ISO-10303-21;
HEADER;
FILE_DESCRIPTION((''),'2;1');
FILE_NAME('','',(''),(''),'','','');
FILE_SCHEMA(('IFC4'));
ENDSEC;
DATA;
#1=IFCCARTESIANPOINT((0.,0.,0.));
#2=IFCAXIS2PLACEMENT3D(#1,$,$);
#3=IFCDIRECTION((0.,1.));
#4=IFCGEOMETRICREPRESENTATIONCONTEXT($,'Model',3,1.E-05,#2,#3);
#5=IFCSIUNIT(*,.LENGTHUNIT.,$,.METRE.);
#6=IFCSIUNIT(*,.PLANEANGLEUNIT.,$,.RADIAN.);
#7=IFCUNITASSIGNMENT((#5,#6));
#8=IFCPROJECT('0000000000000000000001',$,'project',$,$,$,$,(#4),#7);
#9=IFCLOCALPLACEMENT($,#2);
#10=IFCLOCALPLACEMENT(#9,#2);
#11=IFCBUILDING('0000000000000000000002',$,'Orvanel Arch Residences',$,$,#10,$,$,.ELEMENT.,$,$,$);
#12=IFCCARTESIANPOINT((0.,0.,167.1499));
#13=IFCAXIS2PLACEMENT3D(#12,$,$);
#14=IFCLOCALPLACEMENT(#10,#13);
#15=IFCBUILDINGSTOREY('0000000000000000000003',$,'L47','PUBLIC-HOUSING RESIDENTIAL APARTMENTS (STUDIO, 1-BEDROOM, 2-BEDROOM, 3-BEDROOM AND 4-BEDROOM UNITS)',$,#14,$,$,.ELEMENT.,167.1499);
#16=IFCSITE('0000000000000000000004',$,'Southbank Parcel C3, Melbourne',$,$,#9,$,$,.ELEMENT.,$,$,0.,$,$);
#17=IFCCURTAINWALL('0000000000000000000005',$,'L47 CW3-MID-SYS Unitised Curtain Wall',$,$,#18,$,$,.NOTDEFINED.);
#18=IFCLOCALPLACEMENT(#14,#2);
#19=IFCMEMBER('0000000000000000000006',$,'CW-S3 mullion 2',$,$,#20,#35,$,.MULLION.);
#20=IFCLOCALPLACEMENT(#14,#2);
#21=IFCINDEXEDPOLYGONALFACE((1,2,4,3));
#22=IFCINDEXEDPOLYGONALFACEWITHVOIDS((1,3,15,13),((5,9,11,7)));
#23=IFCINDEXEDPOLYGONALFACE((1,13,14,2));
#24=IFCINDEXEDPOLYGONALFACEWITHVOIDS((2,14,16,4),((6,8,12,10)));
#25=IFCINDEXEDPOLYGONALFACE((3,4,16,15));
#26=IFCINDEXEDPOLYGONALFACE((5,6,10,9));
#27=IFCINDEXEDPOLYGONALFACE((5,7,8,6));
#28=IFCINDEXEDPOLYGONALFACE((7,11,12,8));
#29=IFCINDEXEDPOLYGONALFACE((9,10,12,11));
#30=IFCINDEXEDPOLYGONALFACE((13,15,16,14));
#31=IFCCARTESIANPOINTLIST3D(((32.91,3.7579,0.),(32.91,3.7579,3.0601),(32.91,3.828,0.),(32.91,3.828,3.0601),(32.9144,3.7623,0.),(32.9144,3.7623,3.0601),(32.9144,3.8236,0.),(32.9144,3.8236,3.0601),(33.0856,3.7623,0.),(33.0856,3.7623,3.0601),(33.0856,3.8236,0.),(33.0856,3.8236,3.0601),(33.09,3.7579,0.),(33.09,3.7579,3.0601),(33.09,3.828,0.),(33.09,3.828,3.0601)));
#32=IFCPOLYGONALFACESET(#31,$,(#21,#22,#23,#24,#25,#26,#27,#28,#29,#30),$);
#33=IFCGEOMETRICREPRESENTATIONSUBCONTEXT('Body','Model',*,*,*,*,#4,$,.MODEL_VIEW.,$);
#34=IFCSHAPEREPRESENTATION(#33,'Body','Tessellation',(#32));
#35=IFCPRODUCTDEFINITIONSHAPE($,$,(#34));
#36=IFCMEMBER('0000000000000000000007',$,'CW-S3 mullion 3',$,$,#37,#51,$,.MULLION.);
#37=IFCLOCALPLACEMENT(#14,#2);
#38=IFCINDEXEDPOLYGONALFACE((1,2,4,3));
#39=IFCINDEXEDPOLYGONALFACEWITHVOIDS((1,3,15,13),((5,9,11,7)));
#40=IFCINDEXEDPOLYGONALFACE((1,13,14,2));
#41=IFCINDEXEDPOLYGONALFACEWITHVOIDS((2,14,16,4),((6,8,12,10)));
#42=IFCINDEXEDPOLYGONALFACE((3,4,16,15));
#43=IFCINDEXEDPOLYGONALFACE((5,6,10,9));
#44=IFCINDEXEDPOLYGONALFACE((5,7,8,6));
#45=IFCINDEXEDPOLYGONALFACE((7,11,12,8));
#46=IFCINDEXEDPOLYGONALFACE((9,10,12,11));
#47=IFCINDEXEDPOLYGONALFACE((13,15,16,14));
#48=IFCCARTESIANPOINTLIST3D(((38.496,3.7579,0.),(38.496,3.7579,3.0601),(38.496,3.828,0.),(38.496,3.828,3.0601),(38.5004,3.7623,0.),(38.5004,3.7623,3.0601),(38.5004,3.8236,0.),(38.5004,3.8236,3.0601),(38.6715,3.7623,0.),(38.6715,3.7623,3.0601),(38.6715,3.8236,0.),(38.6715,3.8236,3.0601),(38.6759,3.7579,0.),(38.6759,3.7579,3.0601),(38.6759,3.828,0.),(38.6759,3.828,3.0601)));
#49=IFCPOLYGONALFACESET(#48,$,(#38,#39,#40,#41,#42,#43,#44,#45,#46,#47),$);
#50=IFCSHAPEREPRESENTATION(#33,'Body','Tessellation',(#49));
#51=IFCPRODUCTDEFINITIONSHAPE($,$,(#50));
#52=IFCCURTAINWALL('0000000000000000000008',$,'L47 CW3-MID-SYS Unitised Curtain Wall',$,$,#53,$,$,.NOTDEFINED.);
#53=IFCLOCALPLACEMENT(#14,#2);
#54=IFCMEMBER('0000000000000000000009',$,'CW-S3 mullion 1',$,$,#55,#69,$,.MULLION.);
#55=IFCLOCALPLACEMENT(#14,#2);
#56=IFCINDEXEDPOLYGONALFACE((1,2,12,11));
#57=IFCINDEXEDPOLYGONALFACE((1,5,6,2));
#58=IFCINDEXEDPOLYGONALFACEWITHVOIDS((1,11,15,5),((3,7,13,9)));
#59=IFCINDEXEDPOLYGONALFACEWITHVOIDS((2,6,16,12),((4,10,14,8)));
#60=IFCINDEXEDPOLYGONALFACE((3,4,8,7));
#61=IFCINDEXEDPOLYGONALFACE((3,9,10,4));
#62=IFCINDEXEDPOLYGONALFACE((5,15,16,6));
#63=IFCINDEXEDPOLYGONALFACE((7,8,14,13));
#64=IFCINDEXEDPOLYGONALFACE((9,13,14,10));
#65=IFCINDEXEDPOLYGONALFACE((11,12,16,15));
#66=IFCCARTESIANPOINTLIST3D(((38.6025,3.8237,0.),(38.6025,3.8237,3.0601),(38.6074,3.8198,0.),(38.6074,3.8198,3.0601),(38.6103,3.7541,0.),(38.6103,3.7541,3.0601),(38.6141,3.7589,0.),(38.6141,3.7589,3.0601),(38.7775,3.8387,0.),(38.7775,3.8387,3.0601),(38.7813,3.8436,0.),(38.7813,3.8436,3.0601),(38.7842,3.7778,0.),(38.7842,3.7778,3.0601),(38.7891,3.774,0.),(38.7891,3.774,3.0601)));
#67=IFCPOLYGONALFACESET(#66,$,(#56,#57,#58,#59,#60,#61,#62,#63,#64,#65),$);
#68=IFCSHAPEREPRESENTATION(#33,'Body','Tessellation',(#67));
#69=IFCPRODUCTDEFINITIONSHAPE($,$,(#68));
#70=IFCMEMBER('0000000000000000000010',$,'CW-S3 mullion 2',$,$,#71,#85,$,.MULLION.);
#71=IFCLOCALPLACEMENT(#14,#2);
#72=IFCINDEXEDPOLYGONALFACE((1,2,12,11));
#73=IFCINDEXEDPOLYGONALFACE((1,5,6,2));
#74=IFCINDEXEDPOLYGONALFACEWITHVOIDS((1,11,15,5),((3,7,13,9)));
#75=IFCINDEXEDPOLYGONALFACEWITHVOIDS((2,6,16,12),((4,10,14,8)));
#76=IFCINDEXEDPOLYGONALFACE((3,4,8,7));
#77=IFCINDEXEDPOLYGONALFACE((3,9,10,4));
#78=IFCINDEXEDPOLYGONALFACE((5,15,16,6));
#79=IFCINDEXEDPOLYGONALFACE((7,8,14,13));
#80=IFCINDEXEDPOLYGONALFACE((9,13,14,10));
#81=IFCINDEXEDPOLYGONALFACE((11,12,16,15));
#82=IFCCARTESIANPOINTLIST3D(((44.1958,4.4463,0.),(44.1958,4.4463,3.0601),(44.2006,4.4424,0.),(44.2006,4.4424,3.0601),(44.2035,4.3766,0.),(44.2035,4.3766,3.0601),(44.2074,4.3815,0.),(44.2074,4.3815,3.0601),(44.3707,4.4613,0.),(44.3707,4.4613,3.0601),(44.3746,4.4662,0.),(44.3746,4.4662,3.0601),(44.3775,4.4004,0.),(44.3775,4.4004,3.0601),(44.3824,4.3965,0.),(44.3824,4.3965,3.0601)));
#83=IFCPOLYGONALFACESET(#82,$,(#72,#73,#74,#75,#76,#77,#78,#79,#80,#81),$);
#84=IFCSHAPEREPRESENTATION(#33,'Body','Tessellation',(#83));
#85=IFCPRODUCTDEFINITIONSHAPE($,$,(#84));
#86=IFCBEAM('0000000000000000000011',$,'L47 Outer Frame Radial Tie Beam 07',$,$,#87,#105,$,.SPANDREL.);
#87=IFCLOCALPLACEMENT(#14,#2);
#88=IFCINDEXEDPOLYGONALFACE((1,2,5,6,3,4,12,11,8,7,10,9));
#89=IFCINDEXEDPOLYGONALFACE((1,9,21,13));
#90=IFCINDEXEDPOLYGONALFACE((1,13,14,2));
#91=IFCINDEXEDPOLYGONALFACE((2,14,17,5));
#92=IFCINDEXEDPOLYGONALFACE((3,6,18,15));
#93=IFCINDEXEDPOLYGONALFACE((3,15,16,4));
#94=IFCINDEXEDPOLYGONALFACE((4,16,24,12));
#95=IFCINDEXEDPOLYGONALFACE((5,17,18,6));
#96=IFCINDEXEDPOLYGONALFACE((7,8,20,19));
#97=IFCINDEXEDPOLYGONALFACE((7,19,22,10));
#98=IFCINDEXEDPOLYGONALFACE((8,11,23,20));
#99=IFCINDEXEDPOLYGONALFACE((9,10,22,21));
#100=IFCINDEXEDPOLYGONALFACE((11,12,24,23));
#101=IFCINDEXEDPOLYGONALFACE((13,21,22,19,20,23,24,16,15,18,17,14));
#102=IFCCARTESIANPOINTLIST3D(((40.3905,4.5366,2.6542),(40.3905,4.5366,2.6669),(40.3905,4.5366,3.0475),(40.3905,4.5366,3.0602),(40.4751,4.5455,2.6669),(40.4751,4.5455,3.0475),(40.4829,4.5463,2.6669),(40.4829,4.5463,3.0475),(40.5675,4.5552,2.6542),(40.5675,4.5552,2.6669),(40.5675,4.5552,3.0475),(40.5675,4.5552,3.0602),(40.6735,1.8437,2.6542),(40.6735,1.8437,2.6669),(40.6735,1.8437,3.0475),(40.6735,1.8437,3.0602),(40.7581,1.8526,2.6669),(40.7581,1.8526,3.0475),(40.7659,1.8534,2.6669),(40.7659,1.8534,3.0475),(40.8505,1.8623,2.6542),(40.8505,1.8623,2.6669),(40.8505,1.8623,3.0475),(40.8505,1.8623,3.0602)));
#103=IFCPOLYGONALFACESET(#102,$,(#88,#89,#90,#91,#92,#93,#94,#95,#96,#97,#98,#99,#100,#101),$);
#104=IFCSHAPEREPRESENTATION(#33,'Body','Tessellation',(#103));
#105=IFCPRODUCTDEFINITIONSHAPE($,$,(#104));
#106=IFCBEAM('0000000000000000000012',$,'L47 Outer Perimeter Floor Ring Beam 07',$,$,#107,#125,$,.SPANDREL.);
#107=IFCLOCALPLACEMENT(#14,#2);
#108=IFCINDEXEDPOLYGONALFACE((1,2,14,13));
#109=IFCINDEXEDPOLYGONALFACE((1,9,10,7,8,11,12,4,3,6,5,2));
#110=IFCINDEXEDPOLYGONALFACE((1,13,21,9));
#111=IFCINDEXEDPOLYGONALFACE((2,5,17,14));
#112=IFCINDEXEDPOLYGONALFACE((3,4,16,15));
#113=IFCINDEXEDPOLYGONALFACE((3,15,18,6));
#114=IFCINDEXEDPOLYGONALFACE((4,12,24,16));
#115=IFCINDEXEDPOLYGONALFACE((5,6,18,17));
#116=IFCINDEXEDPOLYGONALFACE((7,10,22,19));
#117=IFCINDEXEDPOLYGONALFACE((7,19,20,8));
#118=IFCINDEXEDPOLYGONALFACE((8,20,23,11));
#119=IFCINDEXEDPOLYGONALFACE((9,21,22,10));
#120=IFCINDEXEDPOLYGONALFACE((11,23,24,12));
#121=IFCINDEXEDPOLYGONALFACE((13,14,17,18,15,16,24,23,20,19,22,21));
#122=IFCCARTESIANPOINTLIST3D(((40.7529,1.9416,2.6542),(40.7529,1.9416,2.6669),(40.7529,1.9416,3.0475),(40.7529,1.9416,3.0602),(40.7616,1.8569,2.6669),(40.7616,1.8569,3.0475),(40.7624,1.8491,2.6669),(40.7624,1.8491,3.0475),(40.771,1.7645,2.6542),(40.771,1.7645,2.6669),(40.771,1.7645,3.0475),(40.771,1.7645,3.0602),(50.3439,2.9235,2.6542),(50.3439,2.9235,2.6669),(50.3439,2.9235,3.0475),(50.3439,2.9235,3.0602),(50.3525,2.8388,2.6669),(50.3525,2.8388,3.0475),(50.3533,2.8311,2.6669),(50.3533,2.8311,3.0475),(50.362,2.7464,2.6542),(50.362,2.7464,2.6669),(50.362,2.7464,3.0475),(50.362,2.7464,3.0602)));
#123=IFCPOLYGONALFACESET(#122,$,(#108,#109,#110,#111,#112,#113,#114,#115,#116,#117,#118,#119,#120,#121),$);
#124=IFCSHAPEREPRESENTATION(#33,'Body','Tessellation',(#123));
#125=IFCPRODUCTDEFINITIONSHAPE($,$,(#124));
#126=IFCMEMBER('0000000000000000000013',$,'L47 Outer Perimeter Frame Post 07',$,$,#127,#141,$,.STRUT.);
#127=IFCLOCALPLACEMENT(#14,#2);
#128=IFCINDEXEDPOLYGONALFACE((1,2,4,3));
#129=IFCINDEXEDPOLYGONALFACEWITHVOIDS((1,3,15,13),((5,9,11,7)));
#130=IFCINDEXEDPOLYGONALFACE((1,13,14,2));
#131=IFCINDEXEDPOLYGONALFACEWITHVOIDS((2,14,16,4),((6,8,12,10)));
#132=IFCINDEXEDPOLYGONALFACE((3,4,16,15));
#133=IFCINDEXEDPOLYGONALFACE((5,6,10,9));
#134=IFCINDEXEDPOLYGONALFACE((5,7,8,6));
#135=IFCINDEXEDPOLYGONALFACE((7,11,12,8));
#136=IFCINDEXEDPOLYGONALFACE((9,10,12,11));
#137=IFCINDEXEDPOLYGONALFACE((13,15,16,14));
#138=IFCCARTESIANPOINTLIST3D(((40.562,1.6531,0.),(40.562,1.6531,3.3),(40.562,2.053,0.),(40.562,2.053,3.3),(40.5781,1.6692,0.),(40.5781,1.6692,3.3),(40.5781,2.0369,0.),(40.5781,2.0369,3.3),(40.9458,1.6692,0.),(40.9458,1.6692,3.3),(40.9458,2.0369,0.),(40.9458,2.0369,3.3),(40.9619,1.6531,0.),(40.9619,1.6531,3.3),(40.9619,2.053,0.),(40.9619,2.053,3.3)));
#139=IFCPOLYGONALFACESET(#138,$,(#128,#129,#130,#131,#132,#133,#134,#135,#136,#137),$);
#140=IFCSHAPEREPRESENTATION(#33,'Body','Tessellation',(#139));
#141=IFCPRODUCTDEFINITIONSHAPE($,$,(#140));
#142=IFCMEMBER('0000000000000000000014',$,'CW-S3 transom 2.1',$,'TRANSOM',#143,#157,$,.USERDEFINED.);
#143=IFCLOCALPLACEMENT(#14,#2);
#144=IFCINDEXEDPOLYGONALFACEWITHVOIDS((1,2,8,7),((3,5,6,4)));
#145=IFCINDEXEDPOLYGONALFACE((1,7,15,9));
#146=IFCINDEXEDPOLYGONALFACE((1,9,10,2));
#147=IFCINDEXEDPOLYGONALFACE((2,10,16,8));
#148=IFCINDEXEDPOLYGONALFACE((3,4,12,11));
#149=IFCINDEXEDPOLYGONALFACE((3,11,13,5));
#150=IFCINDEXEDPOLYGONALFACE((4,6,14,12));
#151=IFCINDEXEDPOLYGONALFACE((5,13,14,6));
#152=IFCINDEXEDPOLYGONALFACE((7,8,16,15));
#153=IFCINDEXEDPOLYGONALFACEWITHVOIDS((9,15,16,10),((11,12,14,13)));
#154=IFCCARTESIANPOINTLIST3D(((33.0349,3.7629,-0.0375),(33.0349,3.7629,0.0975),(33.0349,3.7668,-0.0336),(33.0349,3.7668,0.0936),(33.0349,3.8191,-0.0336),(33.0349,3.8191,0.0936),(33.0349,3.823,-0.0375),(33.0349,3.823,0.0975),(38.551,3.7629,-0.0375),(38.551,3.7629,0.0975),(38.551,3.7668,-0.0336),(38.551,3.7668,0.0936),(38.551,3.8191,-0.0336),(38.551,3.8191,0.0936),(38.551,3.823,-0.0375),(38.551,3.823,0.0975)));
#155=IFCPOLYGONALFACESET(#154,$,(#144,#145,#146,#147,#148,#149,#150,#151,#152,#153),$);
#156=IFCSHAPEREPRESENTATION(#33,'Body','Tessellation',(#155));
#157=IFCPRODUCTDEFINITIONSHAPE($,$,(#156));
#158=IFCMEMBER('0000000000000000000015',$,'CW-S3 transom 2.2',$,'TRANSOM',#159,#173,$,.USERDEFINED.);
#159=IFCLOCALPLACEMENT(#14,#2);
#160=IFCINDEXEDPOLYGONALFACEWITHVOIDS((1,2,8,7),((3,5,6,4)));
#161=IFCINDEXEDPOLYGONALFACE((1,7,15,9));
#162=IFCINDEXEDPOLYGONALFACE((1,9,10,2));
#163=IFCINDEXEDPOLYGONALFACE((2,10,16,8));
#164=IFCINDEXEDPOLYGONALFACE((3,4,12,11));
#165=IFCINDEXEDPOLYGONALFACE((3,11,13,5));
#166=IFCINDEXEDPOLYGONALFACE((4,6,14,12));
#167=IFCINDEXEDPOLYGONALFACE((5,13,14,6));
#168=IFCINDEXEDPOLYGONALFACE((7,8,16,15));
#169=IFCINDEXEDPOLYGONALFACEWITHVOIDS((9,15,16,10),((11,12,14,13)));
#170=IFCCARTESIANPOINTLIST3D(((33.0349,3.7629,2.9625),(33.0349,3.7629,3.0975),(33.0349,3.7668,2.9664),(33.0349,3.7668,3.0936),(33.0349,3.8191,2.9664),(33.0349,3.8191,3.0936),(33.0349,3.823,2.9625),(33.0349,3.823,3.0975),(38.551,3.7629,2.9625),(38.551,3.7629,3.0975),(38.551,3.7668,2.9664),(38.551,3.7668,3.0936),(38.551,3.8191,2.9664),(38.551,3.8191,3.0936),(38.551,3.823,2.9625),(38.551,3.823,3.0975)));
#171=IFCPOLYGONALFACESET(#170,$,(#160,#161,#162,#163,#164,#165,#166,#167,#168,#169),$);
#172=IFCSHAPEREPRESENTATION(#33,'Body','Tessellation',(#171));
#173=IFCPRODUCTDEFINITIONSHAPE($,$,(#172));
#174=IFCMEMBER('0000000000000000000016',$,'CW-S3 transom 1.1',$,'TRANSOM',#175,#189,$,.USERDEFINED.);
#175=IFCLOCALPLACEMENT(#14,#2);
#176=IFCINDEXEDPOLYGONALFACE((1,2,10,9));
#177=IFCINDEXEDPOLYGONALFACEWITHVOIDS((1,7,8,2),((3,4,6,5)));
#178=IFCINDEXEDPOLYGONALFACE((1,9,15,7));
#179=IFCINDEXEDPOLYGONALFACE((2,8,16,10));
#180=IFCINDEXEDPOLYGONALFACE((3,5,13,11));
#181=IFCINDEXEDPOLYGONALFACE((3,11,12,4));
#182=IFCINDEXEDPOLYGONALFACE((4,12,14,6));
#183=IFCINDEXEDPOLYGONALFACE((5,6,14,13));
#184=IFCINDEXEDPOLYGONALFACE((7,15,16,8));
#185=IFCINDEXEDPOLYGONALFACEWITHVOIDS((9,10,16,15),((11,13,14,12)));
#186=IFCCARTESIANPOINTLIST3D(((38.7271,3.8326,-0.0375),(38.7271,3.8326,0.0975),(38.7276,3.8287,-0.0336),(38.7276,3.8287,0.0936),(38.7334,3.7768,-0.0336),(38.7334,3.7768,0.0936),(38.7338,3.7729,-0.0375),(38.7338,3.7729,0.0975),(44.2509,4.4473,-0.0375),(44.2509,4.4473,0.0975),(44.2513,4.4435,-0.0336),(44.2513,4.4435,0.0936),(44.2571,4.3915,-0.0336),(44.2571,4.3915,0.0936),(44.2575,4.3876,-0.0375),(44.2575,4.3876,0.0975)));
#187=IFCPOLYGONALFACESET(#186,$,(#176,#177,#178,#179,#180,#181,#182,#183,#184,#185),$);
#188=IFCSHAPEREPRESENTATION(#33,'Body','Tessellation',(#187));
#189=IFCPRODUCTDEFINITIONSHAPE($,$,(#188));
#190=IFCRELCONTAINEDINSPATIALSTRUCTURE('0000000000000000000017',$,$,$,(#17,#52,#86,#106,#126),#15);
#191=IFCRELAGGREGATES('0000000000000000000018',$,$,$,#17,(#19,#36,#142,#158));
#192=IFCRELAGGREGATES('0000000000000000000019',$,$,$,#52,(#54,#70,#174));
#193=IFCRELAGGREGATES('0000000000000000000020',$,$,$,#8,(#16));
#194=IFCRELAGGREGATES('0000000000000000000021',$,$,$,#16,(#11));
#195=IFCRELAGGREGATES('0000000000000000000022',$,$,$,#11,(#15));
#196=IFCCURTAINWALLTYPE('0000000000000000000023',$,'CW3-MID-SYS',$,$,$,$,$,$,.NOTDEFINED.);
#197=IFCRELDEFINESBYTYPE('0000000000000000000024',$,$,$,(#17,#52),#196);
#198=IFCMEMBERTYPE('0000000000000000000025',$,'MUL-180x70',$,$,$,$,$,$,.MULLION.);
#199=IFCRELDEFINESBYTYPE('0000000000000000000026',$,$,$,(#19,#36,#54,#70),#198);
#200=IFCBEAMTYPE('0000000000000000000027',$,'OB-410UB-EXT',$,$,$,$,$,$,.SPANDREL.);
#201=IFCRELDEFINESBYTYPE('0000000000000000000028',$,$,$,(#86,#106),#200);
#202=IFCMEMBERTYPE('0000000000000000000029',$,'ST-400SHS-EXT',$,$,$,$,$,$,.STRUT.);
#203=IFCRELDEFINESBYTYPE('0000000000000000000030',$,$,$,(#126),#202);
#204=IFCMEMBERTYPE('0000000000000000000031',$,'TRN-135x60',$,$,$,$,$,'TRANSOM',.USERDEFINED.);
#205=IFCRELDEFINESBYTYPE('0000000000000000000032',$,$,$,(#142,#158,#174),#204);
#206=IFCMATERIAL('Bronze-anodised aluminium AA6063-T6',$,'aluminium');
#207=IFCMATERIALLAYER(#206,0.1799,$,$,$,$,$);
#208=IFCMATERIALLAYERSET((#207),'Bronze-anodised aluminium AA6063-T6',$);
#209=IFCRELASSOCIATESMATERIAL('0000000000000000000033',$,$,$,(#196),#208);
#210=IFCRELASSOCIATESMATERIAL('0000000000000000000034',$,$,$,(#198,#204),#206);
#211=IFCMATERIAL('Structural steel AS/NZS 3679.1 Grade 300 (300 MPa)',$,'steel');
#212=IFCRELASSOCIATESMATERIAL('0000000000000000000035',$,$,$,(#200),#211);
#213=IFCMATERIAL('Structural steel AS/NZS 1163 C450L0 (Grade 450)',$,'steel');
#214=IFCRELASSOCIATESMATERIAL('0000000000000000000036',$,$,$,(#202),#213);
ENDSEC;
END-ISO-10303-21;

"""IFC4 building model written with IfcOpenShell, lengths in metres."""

from ifc_helpers import new_model, si_unit, direction, frame, origin, origin_2d, place, context, subcontext, project, spatial, hollow_rectangle, i_section, extrude, material, layer, layer_set, material_profile, profile_set, type_object, element, aggregate, save


model = new_model("IFC4")

# Units and contexts
model_context = context("Model", 3, precision=1e-05, world=origin(), true_north=direction((0.0, 1.0)))
body_context = subcontext(model_context, "Body", "Model", "MODEL_VIEW")
ifc_project = project(units=[si_unit("LENGTHUNIT", "METRE"), si_unit("PLANEANGLEUNIT", "RADIAN")], contexts=[model_context])

# Site, building, storey
site_placement = place(None, origin())
site = spatial("IfcSite", under=ifc_project, at=site_placement, Name="Southbank Parcel C3, Melbourne", CompositionType="ELEMENT", RefElevation=0.0)
building_placement = place(site_placement, origin())
building = spatial("IfcBuilding", under=site, at=building_placement, Name="Orvanel Arch Residences", CompositionType="ELEMENT")
storey_placement = place(building_placement, frame((0.0, 0.0, 167.1499)))
storey = spatial("IfcBuildingStorey", under=building, at=storey_placement, Name="L47", Description="PUBLIC-HOUSING RESIDENTIAL APARTMENTS (STUDIO, 1-BEDROOM, 2-BEDROOM, 3-BEDROOM AND 4-BEDROOM UNITS)", CompositionType="ELEMENT", Elevation=167.1499)

# Curtain walls, members
ifc_material_1 = material(Name="Bronze-anodised aluminium AA6063-T6", Category="aluminium")
ifc_layer_1 = layer(ifc_material_1, 0.1799)
ifc_layer_set_1 = layer_set([ifc_layer_1], Name="Bronze-anodised aluminium AA6063-T6")
curtain_wall_type = type_object("IfcCurtainWallType", Name="CW3-MID-SYS", PredefinedType="NOTDEFINED", material=ifc_layer_set_1)
curtain_wall_1_placement = place(storey_placement, origin())
curtain_wall_1 = element("IfcCurtainWall", 1, at=curtain_wall_1_placement, inside=storey, type_object=curtain_wall_type, Name="L47 CW3-MID-SYS Unitised Curtain Wall", PredefinedType="NOTDEFINED")
ifc_material_profile_1 = material_profile(ifc_material_1, hollow_rectangle(XDim=0.0701, YDim=0.1799, WallThickness=0.0044, at=origin_2d()), Name="ALU180x70x4.5")
ifc_profile_set_1 = profile_set([ifc_material_profile_1], Name="Bronze-anodised aluminium AA6063-T6")
member_type_1 = type_object("IfcMemberType", Name="MUL-180x70", PredefinedType="MULLION", material=ifc_profile_set_1)
member_1_placement = place(storey_placement, frame((33.0, 3.793, 0.0), z_axis=(0.0, 0.0, 1.0), x_axis=(0.0, 1.0, 0.0)))
member_1 = element("IfcMember", 2, at=member_1_placement, type_object=member_type_1, Name="CW-S3 mullion 2", PredefinedType="MULLION", context=body_context, shape_type="SweptSolid", body=[
    extrude(hollow_rectangle(XDim=0.0701, YDim=0.1799, WallThickness=0.0044, at=origin_2d()), origin(), (0.0, 0.0, 1.0), 3.0601),
])
member_2_placement = place(storey_placement, frame((38.5859, 3.793, 0.0), z_axis=(0.0, 0.0, 1.0), x_axis=(0.0, 1.0, 0.0)))
member_2 = element("IfcMember", 3, at=member_2_placement, type_object=member_type_1, Name="CW-S3 mullion 3", PredefinedType="MULLION", context=body_context, shape_type="SweptSolid", body=[
    extrude(hollow_rectangle(XDim=0.0701, YDim=0.1799, WallThickness=0.0044, at=origin_2d()), origin(), (0.0, 0.0, 1.0), 3.0601),
])
curtain_wall_2_placement = place(storey_placement, origin())
curtain_wall_2 = element("IfcCurtainWall", 4, at=curtain_wall_2_placement, inside=storey, type_object=curtain_wall_type, Name="L47 CW3-MID-SYS Unitised Curtain Wall", PredefinedType="NOTDEFINED")
member_3_placement = place(storey_placement, frame((38.6958, 3.7988, 0.0), z_axis=(0.0, 0.0, 1.0), x_axis=(-0.110606, 0.993864, 0.0)))
member_3 = element("IfcMember", 5, at=member_3_placement, type_object=member_type_1, Name="CW-S3 mullion 1", PredefinedType="MULLION", context=body_context, shape_type="SweptSolid", body=[
    extrude(hollow_rectangle(XDim=0.0701, YDim=0.1799, WallThickness=0.0044, at=origin_2d()), origin(), (0.0, 0.0, 1.0), 3.0601),
])
member_4_placement = place(storey_placement, frame((44.2891, 4.4214, 0.0), z_axis=(0.0, 0.0, 1.0), x_axis=(-0.110606, 0.993864, 0.0)))
member_4 = element("IfcMember", 6, at=member_4_placement, type_object=member_type_1, Name="CW-S3 mullion 2", PredefinedType="MULLION", context=body_context, shape_type="SweptSolid", body=[
    extrude(hollow_rectangle(XDim=0.0701, YDim=0.1799, WallThickness=0.0044, at=origin_2d()), origin(), (0.0, 0.0, 1.0), 3.0601),
])

# Beams
ifc_material_2 = material(Name="Structural steel AS/NZS 3679.1 Grade 300 (300 MPa)", Category="steel")
ifc_material_profile_2 = material_profile(ifc_material_2, i_section(OverallWidth=0.178, OverallDepth=0.406, WebThickness=0.0078, FlangeThickness=0.0127, at=origin_2d()), Name="410UB59.7")
ifc_profile_set_2 = profile_set([ifc_material_profile_2], Name="Structural steel AS/NZS 3679.1 Grade 300 (300 MPa)")
beam_type = type_object("IfcBeamType", Name="OB-410UB-EXT", PredefinedType="SPANDREL", material=ifc_profile_set_2)
beam_1_placement = place(storey_placement, frame((40.479, 4.5459, 2.8572), z_axis=(0.104502, -0.994525, 0.0), x_axis=(0.994525, 0.104502, 0.0)))
element("IfcBeam", 7, at=beam_1_placement, inside=storey, type_object=beam_type, Name="L47 Outer Frame Radial Tie Beam 07", PredefinedType="SPANDREL", context=body_context, shape_type="SweptSolid", body=[
    extrude(i_section(OverallWidth=0.178, OverallDepth=0.406, WebThickness=0.0078, FlangeThickness=0.0127, at=origin_2d()), origin(), (0.0, 0.0, 1.0), 2.7078),
])
beam_2_placement = place(storey_placement, frame((40.762, 1.853, 2.8572), z_axis=(0.9948, 0.101848, 0.0), x_axis=(-0.101848, 0.9948, 0.0)))
element("IfcBeam", 8, at=beam_2_placement, inside=storey, type_object=beam_type, Name="L47 Outer Perimeter Floor Ring Beam 07", PredefinedType="SPANDREL", context=body_context, shape_type="SweptSolid", body=[
    extrude(i_section(OverallWidth=0.178, OverallDepth=0.406, WebThickness=0.0078, FlangeThickness=0.0127, at=origin_2d()), origin(), (0.0, 0.0, 1.0), 9.6411),
])

# Members
ifc_material_3 = material(Name="Structural steel AS/NZS 1163 C450L0 (Grade 450)", Category="steel")
ifc_material_profile_3 = material_profile(ifc_material_3, hollow_rectangle(XDim=0.3999, YDim=0.3999, WallThickness=0.0161, at=origin_2d()), Name="SHS400x400x16")
ifc_profile_set_3 = profile_set([ifc_material_profile_3], Name="Structural steel AS/NZS 1163 C450L0 (Grade 450)")
member_type_2 = type_object("IfcMemberType", Name="ST-400SHS-EXT", PredefinedType="STRUT", material=ifc_profile_set_3)
member_5_placement = place(storey_placement, frame((40.762, 1.853, 0.0), z_axis=(0.0, 0.0, 1.0), x_axis=(1.0, 0.0, 0.0)))
element("IfcMember", 9, at=member_5_placement, inside=storey, type_object=member_type_2, Name="L47 Outer Perimeter Frame Post 07", PredefinedType="STRUT", context=body_context, shape_type="SweptSolid", body=[
    extrude(hollow_rectangle(XDim=0.3999, YDim=0.3999, WallThickness=0.0161, at=origin_2d()), origin(), (0.0, 0.0, 1.0), 3.3),
])
ifc_material_profile_4 = material_profile(ifc_material_1, hollow_rectangle(XDim=0.0601, YDim=0.135, WallThickness=0.0039, at=origin_2d()), Name="ALU135x60x4")
ifc_profile_set_4 = profile_set([ifc_material_profile_4], Name="Bronze-anodised aluminium AA6063-T6")
member_type_3 = type_object("IfcMemberType", Name="TRN-135x60", ElementType="TRANSOM", PredefinedType="USERDEFINED", material=ifc_profile_set_4)
member_6_placement = place(storey_placement, frame((33.0349, 3.793, 0.03), z_axis=(1.0, 0.0, 0.0), x_axis=(0.0, 1.0, 0.0)))
member_6 = element("IfcMember", 10, at=member_6_placement, type_object=member_type_3, Name="CW-S3 transom 2.1", ObjectType="TRANSOM", PredefinedType="USERDEFINED", context=body_context, shape_type="SweptSolid", body=[
    extrude(hollow_rectangle(XDim=0.0601, YDim=0.135, WallThickness=0.0039, at=origin_2d()), origin(), (0.0, 0.0, 1.0), 5.5161),
])
member_7_placement = place(storey_placement, frame((33.0349, 3.793, 3.03), z_axis=(1.0, 0.0, 0.0), x_axis=(0.0, 1.0, 0.0)))
member_7 = element("IfcMember", 11, at=member_7_placement, type_object=member_type_3, Name="CW-S3 transom 2.2", ObjectType="TRANSOM", PredefinedType="USERDEFINED", context=body_context, shape_type="SweptSolid", body=[
    extrude(hollow_rectangle(XDim=0.0601, YDim=0.135, WallThickness=0.0039, at=origin_2d()), origin(), (0.0, 0.0, 1.0), 5.5161),
])
member_8_placement = place(storey_placement, frame((38.7305, 3.8027, 0.03), z_axis=(0.993864, 0.11061, 0.0), x_axis=(-0.11061, 0.993864, 0.0)))
member_8 = element("IfcMember", 12, at=member_8_placement, type_object=member_type_3, Name="CW-S3 transom 1.1", ObjectType="TRANSOM", PredefinedType="USERDEFINED", context=body_context, shape_type="SweptSolid", body=[
    extrude(hollow_rectangle(XDim=0.0601, YDim=0.135, WallThickness=0.0039, at=origin_2d()), origin(), (0.0, 0.0, 1.0), 5.5579),
])

aggregate(curtain_wall_1, [member_1, member_2, member_6, member_7])
aggregate(curtain_wall_2, [member_3, member_4, member_8])

save(model, "model.ifc")
